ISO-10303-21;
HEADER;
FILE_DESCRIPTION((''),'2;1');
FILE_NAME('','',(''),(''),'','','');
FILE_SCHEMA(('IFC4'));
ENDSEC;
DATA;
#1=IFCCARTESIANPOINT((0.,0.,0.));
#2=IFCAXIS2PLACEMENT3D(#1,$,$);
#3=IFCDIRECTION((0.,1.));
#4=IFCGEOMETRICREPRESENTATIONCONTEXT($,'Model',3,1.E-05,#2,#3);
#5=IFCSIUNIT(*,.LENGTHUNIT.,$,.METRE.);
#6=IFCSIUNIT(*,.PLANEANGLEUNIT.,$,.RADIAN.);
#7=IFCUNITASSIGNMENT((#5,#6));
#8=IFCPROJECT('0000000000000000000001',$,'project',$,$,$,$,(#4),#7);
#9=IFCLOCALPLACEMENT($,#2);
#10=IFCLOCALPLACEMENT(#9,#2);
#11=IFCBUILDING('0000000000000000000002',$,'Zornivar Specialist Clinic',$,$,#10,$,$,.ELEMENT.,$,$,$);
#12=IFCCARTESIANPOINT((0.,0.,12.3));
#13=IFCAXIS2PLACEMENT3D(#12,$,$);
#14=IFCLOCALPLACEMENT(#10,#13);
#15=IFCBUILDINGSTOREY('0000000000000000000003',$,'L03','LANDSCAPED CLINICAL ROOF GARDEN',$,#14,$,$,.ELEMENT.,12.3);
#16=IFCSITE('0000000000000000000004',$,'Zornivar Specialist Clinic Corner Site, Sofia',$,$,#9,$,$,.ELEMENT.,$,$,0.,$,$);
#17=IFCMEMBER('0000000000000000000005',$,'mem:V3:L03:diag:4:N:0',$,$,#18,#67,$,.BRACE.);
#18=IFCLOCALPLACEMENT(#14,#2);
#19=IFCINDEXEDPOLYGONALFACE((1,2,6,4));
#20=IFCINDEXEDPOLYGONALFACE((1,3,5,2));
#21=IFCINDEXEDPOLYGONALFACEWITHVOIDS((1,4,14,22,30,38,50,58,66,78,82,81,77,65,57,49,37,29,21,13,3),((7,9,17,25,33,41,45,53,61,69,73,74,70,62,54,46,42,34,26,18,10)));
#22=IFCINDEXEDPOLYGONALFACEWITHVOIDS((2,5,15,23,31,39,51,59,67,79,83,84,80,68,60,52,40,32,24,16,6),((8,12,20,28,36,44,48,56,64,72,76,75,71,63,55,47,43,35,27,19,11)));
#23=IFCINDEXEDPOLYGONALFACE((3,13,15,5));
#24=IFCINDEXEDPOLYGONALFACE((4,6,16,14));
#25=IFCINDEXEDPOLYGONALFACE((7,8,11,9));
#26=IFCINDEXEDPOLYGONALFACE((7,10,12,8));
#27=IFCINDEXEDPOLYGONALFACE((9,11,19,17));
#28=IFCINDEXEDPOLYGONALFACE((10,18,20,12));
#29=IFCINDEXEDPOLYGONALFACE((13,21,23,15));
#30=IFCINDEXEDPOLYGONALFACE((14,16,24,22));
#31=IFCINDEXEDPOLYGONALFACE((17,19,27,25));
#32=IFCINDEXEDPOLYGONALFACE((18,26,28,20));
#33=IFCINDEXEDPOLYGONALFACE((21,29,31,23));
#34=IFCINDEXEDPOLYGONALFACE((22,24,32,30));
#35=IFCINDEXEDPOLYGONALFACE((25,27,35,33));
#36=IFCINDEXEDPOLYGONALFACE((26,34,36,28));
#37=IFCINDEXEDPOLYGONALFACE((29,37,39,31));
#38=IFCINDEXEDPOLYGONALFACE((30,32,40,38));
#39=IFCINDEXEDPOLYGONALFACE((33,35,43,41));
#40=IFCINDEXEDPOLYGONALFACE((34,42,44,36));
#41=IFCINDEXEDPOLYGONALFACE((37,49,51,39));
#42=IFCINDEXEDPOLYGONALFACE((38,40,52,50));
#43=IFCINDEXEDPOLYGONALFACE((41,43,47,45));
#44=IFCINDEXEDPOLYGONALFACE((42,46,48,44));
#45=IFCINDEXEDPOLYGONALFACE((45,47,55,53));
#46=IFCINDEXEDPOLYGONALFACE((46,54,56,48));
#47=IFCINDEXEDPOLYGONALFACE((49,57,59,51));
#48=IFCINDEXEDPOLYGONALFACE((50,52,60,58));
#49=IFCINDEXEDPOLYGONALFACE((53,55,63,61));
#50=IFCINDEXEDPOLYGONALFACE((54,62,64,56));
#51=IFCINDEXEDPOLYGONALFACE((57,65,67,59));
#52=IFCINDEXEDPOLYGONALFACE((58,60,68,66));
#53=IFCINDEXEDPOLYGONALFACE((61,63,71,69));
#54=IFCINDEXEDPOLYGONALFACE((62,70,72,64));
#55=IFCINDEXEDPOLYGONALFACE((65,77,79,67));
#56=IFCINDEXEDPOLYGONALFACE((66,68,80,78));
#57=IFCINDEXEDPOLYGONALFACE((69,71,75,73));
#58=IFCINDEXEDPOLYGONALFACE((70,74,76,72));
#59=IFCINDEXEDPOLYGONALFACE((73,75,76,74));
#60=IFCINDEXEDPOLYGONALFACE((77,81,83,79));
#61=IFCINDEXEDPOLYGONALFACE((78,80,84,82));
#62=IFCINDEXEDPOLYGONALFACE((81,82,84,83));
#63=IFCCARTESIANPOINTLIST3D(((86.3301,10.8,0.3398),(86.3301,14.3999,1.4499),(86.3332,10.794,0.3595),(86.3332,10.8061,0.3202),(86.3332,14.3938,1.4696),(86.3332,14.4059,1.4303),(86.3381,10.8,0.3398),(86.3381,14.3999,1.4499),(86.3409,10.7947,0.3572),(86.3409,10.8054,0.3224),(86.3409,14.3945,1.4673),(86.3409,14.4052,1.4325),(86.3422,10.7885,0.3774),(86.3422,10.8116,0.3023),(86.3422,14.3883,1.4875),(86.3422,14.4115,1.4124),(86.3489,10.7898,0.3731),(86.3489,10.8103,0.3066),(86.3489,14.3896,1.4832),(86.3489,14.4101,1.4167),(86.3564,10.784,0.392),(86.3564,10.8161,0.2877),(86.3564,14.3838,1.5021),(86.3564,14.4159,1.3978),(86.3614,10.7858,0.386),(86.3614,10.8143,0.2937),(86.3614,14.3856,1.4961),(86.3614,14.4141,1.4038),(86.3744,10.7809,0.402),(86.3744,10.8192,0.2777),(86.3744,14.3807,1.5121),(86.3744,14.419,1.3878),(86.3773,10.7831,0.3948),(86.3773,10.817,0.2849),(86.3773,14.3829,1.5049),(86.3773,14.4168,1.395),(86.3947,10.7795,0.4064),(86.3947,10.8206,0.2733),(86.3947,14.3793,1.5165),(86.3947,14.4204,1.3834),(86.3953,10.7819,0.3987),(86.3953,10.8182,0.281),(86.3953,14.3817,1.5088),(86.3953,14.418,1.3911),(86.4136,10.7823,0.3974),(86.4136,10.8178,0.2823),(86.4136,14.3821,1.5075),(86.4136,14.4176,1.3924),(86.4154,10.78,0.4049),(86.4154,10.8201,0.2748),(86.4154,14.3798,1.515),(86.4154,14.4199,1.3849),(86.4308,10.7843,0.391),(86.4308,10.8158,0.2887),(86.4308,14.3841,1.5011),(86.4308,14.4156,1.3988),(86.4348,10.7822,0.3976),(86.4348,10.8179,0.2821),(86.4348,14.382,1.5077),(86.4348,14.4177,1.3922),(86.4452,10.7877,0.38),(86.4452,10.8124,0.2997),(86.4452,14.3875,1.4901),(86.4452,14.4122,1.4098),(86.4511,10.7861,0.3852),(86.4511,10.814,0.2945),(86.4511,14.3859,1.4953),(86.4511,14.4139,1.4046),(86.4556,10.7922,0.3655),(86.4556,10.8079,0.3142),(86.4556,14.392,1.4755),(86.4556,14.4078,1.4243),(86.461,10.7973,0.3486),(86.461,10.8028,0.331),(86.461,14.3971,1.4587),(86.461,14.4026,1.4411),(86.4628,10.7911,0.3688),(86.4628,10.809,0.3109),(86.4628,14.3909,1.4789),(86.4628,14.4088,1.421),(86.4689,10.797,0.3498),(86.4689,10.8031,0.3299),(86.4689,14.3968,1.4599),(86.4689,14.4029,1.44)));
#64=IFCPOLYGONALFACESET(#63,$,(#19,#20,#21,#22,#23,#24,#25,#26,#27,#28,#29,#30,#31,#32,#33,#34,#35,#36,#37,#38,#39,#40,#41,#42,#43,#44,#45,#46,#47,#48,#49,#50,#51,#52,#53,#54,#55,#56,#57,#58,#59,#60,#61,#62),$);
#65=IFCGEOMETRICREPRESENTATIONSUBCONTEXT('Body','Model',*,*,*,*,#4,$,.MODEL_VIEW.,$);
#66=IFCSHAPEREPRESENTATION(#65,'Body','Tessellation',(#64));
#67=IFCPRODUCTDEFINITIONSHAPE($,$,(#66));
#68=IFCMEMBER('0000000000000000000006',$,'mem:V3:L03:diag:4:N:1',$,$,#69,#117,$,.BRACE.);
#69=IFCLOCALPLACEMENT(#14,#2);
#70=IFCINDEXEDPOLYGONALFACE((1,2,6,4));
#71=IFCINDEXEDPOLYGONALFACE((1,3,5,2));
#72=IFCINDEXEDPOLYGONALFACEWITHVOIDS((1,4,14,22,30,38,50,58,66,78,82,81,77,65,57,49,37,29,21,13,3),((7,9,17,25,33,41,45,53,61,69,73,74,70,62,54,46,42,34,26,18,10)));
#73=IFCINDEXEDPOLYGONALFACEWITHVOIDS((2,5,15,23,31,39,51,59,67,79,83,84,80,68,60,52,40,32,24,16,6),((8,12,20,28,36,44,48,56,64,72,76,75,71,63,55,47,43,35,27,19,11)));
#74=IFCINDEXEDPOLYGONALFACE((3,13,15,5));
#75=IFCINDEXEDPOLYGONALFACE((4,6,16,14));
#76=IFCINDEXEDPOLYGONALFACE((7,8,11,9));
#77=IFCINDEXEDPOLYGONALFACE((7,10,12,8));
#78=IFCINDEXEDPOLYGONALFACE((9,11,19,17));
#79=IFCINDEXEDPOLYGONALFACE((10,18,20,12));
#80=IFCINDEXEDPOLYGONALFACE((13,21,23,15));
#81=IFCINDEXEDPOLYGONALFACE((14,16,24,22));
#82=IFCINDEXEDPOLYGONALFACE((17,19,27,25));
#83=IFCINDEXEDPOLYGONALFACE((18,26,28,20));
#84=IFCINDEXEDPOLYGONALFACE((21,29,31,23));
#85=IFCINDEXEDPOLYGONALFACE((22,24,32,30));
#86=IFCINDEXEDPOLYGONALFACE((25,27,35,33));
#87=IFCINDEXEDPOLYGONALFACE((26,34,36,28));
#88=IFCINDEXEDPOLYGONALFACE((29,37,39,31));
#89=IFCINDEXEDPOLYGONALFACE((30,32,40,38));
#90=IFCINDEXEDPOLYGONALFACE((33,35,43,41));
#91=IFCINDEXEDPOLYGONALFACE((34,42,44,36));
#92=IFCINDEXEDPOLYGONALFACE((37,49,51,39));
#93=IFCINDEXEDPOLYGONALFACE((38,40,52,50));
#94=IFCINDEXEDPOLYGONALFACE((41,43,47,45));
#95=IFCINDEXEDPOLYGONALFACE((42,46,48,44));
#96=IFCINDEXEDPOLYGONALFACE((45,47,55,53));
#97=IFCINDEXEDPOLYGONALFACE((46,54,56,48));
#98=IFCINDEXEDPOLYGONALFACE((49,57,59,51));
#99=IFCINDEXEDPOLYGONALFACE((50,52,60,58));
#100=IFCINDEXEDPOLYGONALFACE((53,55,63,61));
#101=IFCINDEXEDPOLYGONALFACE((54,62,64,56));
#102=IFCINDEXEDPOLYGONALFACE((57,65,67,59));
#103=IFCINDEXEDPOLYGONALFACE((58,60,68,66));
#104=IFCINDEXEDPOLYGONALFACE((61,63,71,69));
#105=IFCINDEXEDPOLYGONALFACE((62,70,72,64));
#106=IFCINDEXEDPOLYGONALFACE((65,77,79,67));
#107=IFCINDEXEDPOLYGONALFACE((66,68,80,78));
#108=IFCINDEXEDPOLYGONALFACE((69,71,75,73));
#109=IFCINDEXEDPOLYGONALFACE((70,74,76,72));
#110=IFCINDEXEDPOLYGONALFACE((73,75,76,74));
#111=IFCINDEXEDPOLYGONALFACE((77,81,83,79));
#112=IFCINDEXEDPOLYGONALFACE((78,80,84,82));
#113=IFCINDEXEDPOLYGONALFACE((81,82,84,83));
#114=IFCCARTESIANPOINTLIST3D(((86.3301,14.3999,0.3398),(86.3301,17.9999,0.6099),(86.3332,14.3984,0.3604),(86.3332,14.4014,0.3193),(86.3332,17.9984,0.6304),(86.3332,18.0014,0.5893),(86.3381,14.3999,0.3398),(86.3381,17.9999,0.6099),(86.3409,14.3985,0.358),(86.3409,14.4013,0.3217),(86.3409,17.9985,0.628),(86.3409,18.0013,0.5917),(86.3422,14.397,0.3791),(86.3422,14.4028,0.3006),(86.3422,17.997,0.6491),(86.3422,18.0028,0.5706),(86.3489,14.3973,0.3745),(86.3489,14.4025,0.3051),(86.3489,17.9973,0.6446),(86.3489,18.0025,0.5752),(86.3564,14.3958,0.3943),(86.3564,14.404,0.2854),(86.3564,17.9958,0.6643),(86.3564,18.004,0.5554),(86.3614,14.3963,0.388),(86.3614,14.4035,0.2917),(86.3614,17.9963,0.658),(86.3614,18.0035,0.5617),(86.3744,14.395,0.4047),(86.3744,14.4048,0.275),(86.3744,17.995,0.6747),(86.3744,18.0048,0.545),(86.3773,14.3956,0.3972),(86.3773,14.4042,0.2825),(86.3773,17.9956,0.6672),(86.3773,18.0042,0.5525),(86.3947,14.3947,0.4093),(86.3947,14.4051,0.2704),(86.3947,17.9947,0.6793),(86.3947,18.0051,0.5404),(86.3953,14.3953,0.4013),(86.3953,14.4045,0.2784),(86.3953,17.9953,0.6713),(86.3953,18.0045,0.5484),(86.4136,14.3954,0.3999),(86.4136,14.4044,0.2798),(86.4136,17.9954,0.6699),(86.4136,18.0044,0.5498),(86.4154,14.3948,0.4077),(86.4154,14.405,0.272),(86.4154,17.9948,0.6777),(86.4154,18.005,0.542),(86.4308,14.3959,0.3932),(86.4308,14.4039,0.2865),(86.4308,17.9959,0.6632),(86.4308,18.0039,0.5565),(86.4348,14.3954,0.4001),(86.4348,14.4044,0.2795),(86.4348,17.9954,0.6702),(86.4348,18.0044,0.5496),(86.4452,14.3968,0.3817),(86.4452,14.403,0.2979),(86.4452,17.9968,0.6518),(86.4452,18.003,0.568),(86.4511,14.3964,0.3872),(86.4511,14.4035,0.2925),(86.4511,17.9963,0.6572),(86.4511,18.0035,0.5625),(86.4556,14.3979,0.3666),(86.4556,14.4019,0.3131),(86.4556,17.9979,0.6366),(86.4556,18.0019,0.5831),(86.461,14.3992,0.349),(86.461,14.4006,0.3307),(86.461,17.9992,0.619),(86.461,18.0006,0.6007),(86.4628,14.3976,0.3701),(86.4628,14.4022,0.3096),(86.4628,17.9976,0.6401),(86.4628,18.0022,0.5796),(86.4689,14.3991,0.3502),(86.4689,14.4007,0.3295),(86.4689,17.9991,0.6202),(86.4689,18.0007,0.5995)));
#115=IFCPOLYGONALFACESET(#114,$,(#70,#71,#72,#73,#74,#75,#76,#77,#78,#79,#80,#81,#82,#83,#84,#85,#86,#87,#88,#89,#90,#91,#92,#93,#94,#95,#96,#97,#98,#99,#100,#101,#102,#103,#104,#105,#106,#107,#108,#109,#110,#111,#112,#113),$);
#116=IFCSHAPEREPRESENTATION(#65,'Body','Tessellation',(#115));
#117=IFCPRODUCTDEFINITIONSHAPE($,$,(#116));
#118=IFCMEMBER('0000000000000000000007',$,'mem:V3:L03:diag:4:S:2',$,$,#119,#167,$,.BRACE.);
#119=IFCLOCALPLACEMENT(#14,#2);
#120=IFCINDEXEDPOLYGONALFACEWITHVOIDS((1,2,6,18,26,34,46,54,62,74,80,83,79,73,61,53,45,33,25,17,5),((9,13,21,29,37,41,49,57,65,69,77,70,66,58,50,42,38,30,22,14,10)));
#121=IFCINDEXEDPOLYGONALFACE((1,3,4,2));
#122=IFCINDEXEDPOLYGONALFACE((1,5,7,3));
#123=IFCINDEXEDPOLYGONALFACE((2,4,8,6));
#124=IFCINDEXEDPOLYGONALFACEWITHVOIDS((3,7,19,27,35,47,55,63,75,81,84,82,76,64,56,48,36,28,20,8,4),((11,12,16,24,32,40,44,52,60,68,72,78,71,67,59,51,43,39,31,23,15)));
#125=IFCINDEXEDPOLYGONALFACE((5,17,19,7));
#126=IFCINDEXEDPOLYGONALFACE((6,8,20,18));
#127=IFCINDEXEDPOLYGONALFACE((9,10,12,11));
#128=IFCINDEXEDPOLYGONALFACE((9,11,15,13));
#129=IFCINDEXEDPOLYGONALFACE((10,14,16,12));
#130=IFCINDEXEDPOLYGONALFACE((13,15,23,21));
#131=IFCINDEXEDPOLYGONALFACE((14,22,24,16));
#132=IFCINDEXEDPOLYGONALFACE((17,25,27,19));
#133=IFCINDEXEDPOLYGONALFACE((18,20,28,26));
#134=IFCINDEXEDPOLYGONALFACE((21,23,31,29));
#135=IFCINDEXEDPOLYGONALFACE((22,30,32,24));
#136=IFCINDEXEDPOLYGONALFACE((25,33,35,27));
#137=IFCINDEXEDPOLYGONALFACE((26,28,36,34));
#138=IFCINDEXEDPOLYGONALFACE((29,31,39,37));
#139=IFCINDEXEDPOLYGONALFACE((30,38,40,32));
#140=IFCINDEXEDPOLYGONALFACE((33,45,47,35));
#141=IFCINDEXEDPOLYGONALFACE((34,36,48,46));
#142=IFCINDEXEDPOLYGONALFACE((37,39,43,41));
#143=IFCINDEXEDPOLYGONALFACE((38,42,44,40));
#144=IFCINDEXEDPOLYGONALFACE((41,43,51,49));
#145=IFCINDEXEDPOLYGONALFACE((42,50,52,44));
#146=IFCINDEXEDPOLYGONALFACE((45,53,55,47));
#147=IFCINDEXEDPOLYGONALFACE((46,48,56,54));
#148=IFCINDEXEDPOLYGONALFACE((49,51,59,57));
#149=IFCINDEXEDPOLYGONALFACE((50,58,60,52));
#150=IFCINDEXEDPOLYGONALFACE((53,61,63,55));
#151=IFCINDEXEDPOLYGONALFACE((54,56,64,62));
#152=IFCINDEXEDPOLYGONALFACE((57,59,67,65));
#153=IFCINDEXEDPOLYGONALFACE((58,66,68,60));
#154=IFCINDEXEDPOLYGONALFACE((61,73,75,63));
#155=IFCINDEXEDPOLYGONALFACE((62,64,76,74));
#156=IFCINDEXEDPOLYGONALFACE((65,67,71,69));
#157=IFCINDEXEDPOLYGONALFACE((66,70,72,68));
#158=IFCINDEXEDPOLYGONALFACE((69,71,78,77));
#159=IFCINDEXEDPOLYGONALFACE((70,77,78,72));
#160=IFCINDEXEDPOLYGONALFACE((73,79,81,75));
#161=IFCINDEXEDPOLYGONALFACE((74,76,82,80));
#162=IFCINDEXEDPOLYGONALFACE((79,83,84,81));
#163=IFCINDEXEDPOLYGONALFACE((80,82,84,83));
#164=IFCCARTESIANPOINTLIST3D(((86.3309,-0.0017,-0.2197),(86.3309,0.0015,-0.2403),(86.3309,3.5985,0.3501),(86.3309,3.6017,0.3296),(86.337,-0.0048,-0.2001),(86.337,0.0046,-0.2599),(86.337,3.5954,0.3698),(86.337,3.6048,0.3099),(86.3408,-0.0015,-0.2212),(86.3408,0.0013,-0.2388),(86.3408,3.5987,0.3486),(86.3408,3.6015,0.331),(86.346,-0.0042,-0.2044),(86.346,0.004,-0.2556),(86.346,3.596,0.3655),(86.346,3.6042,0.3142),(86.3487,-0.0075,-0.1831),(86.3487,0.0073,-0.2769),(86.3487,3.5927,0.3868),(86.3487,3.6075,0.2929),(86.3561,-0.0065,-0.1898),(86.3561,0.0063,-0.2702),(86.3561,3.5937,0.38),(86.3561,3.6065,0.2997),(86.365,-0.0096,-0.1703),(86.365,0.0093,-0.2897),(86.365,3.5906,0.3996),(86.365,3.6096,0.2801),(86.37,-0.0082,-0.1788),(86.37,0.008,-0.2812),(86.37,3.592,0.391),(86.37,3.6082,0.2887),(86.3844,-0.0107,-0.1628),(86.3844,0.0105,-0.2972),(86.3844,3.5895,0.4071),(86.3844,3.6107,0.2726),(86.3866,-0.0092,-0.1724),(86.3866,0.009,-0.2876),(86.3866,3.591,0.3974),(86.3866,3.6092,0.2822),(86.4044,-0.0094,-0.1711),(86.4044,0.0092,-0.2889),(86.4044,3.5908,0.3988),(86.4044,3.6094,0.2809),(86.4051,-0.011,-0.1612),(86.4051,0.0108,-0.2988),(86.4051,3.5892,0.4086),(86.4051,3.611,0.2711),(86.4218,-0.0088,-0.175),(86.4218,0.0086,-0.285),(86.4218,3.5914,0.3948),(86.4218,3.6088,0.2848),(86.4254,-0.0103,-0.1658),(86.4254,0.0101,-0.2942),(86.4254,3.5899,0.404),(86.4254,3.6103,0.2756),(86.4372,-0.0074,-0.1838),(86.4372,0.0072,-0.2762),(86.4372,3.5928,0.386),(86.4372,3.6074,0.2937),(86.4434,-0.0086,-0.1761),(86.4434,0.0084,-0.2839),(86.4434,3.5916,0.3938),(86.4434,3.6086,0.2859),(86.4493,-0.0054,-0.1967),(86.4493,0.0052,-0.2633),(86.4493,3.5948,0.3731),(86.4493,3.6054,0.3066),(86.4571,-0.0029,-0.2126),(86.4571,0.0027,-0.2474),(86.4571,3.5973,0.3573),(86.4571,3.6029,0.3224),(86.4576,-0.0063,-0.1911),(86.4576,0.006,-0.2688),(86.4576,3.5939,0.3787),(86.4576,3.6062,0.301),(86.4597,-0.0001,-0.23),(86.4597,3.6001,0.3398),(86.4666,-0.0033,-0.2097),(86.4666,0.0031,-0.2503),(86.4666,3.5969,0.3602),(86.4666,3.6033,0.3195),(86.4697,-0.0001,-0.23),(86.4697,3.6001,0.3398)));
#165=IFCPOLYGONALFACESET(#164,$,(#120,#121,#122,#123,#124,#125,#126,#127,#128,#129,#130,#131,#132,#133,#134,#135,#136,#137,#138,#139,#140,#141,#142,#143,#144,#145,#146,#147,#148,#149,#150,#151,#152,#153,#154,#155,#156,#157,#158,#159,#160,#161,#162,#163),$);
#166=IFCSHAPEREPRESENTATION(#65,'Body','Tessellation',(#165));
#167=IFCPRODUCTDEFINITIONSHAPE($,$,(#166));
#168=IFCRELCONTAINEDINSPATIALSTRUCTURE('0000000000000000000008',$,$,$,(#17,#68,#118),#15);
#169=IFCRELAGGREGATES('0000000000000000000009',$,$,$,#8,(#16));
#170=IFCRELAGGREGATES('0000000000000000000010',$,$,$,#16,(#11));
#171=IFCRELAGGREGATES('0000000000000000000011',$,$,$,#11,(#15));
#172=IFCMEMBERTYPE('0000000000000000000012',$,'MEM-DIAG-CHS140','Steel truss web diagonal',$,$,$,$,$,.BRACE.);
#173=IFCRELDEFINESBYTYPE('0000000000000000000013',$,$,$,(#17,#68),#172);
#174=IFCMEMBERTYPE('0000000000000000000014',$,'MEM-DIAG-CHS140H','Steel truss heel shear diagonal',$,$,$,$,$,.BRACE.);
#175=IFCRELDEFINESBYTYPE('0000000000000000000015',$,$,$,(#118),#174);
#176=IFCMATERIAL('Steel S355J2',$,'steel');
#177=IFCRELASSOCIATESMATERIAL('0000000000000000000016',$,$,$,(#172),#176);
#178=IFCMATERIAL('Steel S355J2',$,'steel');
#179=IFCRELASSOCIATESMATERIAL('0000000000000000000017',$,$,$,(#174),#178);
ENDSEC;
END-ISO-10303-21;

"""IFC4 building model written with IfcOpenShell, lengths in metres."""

from ifc_helpers import new_model, si_unit, direction, frame, origin, origin_2d, place, context, subcontext, project, spatial, hollow_circle, extrude, material, material_profile, profile_set, type_object, element, save


model = new_model("IFC4")

# Units and contexts
model_context = context("Model", 3, precision=1e-05, world=origin(), true_north=direction((0.0, 1.0)))
body_context = subcontext(model_context, "Body", "Model", "MODEL_VIEW")
ifc_project = project(units=[si_unit("LENGTHUNIT", "METRE"), si_unit("PLANEANGLEUNIT", "RADIAN")], contexts=[model_context])

# Site, building, storey
site_placement = place(None, origin())
site = spatial("IfcSite", under=ifc_project, at=site_placement, Name="Zornivar Specialist Clinic Corner Site, Sofia", CompositionType="ELEMENT", RefElevation=0.0)
building_placement = place(site_placement, origin())
building = spatial("IfcBuilding", under=site, at=building_placement, Name="Zornivar Specialist Clinic", CompositionType="ELEMENT")
storey_placement = place(building_placement, frame((0.0, 0.0, 12.3)))
storey = spatial("IfcBuildingStorey", under=building, at=storey_placement, Name="L03", Description="LANDSCAPED CLINICAL ROOF GARDEN", CompositionType="ELEMENT", Elevation=12.3)

# Members
ifc_material_1 = material(Name="Steel S355J2", Category="steel")
ifc_material_profile_1 = material_profile(ifc_material_1, hollow_circle(Radius=0.0698, WallThickness=0.0081, at=origin_2d()), Name="CHS 139.7x8")
ifc_profile_set_1 = profile_set([ifc_material_profile_1], Name="Steel S355J2")
member_type_1 = type_object("IfcMemberType", Name="MEM-DIAG-CHS140", Description="Steel truss web diagonal", PredefinedType="BRACE", material=ifc_profile_set_1)
member_1_placement = place(storey_placement, frame((86.3999, 10.8, 0.3398), z_axis=(0.0, 0.955595, 0.294682), x_axis=(-1.0, 0.0, 0.0)))
element("IfcMember", 1, at=member_1_placement, inside=storey, type_object=member_type_1, Name="mem:V3:L03:diag:4:N:0", PredefinedType="BRACE", context=body_context, shape_type="SweptSolid", body=[
    extrude(hollow_circle(Radius=0.0698, WallThickness=0.0081, at=origin_2d()), origin(), (0.0, 0.0, 1.0), 3.7671),
])
member_2_placement = place(storey_placement, frame((86.3999, 14.3999, 0.3398), z_axis=(0.0, 0.997199, 0.074793), x_axis=(-1.0, 0.0, 0.0)))
element("IfcMember", 2, at=member_2_placement, inside=storey, type_object=member_type_1, Name="mem:V3:L03:diag:4:N:1", PredefinedType="BRACE", context=body_context, shape_type="SweptSolid", body=[
    extrude(hollow_circle(Radius=0.0698, WallThickness=0.0081, at=origin_2d()), origin(), (0.0, 0.0, 1.0), 3.6101),
])
ifc_material_2 = material(Name="Steel S355J2", Category="steel")
ifc_material_profile_2 = material_profile(ifc_material_2, hollow_circle(Radius=0.0698, WallThickness=0.01, at=origin_2d()), Name="CHS 139.7x10")
ifc_profile_set_2 = profile_set([ifc_material_profile_2], Name="Steel S355J2")
member_type_2 = type_object("IfcMemberType", Name="MEM-DIAG-CHS140H", Description="Steel truss heel shear diagonal", PredefinedType="BRACE", material=ifc_profile_set_2)
member_3_placement = place(storey_placement, frame((86.3999, 3.6001, 0.3398), z_axis=(0.0, -0.987704, -0.156334), x_axis=(1.0, 0.0, 0.0)))
element("IfcMember", 3, at=member_3_placement, inside=storey, type_object=member_type_2, Name="mem:V3:L03:diag:4:S:2", PredefinedType="BRACE", context=body_context, shape_type="SweptSolid", body=[
    extrude(hollow_circle(Radius=0.0698, WallThickness=0.01, at=origin_2d()), origin(), (0.0, 0.0, 1.0), 3.645),
])

save(model, "model.ifc")
